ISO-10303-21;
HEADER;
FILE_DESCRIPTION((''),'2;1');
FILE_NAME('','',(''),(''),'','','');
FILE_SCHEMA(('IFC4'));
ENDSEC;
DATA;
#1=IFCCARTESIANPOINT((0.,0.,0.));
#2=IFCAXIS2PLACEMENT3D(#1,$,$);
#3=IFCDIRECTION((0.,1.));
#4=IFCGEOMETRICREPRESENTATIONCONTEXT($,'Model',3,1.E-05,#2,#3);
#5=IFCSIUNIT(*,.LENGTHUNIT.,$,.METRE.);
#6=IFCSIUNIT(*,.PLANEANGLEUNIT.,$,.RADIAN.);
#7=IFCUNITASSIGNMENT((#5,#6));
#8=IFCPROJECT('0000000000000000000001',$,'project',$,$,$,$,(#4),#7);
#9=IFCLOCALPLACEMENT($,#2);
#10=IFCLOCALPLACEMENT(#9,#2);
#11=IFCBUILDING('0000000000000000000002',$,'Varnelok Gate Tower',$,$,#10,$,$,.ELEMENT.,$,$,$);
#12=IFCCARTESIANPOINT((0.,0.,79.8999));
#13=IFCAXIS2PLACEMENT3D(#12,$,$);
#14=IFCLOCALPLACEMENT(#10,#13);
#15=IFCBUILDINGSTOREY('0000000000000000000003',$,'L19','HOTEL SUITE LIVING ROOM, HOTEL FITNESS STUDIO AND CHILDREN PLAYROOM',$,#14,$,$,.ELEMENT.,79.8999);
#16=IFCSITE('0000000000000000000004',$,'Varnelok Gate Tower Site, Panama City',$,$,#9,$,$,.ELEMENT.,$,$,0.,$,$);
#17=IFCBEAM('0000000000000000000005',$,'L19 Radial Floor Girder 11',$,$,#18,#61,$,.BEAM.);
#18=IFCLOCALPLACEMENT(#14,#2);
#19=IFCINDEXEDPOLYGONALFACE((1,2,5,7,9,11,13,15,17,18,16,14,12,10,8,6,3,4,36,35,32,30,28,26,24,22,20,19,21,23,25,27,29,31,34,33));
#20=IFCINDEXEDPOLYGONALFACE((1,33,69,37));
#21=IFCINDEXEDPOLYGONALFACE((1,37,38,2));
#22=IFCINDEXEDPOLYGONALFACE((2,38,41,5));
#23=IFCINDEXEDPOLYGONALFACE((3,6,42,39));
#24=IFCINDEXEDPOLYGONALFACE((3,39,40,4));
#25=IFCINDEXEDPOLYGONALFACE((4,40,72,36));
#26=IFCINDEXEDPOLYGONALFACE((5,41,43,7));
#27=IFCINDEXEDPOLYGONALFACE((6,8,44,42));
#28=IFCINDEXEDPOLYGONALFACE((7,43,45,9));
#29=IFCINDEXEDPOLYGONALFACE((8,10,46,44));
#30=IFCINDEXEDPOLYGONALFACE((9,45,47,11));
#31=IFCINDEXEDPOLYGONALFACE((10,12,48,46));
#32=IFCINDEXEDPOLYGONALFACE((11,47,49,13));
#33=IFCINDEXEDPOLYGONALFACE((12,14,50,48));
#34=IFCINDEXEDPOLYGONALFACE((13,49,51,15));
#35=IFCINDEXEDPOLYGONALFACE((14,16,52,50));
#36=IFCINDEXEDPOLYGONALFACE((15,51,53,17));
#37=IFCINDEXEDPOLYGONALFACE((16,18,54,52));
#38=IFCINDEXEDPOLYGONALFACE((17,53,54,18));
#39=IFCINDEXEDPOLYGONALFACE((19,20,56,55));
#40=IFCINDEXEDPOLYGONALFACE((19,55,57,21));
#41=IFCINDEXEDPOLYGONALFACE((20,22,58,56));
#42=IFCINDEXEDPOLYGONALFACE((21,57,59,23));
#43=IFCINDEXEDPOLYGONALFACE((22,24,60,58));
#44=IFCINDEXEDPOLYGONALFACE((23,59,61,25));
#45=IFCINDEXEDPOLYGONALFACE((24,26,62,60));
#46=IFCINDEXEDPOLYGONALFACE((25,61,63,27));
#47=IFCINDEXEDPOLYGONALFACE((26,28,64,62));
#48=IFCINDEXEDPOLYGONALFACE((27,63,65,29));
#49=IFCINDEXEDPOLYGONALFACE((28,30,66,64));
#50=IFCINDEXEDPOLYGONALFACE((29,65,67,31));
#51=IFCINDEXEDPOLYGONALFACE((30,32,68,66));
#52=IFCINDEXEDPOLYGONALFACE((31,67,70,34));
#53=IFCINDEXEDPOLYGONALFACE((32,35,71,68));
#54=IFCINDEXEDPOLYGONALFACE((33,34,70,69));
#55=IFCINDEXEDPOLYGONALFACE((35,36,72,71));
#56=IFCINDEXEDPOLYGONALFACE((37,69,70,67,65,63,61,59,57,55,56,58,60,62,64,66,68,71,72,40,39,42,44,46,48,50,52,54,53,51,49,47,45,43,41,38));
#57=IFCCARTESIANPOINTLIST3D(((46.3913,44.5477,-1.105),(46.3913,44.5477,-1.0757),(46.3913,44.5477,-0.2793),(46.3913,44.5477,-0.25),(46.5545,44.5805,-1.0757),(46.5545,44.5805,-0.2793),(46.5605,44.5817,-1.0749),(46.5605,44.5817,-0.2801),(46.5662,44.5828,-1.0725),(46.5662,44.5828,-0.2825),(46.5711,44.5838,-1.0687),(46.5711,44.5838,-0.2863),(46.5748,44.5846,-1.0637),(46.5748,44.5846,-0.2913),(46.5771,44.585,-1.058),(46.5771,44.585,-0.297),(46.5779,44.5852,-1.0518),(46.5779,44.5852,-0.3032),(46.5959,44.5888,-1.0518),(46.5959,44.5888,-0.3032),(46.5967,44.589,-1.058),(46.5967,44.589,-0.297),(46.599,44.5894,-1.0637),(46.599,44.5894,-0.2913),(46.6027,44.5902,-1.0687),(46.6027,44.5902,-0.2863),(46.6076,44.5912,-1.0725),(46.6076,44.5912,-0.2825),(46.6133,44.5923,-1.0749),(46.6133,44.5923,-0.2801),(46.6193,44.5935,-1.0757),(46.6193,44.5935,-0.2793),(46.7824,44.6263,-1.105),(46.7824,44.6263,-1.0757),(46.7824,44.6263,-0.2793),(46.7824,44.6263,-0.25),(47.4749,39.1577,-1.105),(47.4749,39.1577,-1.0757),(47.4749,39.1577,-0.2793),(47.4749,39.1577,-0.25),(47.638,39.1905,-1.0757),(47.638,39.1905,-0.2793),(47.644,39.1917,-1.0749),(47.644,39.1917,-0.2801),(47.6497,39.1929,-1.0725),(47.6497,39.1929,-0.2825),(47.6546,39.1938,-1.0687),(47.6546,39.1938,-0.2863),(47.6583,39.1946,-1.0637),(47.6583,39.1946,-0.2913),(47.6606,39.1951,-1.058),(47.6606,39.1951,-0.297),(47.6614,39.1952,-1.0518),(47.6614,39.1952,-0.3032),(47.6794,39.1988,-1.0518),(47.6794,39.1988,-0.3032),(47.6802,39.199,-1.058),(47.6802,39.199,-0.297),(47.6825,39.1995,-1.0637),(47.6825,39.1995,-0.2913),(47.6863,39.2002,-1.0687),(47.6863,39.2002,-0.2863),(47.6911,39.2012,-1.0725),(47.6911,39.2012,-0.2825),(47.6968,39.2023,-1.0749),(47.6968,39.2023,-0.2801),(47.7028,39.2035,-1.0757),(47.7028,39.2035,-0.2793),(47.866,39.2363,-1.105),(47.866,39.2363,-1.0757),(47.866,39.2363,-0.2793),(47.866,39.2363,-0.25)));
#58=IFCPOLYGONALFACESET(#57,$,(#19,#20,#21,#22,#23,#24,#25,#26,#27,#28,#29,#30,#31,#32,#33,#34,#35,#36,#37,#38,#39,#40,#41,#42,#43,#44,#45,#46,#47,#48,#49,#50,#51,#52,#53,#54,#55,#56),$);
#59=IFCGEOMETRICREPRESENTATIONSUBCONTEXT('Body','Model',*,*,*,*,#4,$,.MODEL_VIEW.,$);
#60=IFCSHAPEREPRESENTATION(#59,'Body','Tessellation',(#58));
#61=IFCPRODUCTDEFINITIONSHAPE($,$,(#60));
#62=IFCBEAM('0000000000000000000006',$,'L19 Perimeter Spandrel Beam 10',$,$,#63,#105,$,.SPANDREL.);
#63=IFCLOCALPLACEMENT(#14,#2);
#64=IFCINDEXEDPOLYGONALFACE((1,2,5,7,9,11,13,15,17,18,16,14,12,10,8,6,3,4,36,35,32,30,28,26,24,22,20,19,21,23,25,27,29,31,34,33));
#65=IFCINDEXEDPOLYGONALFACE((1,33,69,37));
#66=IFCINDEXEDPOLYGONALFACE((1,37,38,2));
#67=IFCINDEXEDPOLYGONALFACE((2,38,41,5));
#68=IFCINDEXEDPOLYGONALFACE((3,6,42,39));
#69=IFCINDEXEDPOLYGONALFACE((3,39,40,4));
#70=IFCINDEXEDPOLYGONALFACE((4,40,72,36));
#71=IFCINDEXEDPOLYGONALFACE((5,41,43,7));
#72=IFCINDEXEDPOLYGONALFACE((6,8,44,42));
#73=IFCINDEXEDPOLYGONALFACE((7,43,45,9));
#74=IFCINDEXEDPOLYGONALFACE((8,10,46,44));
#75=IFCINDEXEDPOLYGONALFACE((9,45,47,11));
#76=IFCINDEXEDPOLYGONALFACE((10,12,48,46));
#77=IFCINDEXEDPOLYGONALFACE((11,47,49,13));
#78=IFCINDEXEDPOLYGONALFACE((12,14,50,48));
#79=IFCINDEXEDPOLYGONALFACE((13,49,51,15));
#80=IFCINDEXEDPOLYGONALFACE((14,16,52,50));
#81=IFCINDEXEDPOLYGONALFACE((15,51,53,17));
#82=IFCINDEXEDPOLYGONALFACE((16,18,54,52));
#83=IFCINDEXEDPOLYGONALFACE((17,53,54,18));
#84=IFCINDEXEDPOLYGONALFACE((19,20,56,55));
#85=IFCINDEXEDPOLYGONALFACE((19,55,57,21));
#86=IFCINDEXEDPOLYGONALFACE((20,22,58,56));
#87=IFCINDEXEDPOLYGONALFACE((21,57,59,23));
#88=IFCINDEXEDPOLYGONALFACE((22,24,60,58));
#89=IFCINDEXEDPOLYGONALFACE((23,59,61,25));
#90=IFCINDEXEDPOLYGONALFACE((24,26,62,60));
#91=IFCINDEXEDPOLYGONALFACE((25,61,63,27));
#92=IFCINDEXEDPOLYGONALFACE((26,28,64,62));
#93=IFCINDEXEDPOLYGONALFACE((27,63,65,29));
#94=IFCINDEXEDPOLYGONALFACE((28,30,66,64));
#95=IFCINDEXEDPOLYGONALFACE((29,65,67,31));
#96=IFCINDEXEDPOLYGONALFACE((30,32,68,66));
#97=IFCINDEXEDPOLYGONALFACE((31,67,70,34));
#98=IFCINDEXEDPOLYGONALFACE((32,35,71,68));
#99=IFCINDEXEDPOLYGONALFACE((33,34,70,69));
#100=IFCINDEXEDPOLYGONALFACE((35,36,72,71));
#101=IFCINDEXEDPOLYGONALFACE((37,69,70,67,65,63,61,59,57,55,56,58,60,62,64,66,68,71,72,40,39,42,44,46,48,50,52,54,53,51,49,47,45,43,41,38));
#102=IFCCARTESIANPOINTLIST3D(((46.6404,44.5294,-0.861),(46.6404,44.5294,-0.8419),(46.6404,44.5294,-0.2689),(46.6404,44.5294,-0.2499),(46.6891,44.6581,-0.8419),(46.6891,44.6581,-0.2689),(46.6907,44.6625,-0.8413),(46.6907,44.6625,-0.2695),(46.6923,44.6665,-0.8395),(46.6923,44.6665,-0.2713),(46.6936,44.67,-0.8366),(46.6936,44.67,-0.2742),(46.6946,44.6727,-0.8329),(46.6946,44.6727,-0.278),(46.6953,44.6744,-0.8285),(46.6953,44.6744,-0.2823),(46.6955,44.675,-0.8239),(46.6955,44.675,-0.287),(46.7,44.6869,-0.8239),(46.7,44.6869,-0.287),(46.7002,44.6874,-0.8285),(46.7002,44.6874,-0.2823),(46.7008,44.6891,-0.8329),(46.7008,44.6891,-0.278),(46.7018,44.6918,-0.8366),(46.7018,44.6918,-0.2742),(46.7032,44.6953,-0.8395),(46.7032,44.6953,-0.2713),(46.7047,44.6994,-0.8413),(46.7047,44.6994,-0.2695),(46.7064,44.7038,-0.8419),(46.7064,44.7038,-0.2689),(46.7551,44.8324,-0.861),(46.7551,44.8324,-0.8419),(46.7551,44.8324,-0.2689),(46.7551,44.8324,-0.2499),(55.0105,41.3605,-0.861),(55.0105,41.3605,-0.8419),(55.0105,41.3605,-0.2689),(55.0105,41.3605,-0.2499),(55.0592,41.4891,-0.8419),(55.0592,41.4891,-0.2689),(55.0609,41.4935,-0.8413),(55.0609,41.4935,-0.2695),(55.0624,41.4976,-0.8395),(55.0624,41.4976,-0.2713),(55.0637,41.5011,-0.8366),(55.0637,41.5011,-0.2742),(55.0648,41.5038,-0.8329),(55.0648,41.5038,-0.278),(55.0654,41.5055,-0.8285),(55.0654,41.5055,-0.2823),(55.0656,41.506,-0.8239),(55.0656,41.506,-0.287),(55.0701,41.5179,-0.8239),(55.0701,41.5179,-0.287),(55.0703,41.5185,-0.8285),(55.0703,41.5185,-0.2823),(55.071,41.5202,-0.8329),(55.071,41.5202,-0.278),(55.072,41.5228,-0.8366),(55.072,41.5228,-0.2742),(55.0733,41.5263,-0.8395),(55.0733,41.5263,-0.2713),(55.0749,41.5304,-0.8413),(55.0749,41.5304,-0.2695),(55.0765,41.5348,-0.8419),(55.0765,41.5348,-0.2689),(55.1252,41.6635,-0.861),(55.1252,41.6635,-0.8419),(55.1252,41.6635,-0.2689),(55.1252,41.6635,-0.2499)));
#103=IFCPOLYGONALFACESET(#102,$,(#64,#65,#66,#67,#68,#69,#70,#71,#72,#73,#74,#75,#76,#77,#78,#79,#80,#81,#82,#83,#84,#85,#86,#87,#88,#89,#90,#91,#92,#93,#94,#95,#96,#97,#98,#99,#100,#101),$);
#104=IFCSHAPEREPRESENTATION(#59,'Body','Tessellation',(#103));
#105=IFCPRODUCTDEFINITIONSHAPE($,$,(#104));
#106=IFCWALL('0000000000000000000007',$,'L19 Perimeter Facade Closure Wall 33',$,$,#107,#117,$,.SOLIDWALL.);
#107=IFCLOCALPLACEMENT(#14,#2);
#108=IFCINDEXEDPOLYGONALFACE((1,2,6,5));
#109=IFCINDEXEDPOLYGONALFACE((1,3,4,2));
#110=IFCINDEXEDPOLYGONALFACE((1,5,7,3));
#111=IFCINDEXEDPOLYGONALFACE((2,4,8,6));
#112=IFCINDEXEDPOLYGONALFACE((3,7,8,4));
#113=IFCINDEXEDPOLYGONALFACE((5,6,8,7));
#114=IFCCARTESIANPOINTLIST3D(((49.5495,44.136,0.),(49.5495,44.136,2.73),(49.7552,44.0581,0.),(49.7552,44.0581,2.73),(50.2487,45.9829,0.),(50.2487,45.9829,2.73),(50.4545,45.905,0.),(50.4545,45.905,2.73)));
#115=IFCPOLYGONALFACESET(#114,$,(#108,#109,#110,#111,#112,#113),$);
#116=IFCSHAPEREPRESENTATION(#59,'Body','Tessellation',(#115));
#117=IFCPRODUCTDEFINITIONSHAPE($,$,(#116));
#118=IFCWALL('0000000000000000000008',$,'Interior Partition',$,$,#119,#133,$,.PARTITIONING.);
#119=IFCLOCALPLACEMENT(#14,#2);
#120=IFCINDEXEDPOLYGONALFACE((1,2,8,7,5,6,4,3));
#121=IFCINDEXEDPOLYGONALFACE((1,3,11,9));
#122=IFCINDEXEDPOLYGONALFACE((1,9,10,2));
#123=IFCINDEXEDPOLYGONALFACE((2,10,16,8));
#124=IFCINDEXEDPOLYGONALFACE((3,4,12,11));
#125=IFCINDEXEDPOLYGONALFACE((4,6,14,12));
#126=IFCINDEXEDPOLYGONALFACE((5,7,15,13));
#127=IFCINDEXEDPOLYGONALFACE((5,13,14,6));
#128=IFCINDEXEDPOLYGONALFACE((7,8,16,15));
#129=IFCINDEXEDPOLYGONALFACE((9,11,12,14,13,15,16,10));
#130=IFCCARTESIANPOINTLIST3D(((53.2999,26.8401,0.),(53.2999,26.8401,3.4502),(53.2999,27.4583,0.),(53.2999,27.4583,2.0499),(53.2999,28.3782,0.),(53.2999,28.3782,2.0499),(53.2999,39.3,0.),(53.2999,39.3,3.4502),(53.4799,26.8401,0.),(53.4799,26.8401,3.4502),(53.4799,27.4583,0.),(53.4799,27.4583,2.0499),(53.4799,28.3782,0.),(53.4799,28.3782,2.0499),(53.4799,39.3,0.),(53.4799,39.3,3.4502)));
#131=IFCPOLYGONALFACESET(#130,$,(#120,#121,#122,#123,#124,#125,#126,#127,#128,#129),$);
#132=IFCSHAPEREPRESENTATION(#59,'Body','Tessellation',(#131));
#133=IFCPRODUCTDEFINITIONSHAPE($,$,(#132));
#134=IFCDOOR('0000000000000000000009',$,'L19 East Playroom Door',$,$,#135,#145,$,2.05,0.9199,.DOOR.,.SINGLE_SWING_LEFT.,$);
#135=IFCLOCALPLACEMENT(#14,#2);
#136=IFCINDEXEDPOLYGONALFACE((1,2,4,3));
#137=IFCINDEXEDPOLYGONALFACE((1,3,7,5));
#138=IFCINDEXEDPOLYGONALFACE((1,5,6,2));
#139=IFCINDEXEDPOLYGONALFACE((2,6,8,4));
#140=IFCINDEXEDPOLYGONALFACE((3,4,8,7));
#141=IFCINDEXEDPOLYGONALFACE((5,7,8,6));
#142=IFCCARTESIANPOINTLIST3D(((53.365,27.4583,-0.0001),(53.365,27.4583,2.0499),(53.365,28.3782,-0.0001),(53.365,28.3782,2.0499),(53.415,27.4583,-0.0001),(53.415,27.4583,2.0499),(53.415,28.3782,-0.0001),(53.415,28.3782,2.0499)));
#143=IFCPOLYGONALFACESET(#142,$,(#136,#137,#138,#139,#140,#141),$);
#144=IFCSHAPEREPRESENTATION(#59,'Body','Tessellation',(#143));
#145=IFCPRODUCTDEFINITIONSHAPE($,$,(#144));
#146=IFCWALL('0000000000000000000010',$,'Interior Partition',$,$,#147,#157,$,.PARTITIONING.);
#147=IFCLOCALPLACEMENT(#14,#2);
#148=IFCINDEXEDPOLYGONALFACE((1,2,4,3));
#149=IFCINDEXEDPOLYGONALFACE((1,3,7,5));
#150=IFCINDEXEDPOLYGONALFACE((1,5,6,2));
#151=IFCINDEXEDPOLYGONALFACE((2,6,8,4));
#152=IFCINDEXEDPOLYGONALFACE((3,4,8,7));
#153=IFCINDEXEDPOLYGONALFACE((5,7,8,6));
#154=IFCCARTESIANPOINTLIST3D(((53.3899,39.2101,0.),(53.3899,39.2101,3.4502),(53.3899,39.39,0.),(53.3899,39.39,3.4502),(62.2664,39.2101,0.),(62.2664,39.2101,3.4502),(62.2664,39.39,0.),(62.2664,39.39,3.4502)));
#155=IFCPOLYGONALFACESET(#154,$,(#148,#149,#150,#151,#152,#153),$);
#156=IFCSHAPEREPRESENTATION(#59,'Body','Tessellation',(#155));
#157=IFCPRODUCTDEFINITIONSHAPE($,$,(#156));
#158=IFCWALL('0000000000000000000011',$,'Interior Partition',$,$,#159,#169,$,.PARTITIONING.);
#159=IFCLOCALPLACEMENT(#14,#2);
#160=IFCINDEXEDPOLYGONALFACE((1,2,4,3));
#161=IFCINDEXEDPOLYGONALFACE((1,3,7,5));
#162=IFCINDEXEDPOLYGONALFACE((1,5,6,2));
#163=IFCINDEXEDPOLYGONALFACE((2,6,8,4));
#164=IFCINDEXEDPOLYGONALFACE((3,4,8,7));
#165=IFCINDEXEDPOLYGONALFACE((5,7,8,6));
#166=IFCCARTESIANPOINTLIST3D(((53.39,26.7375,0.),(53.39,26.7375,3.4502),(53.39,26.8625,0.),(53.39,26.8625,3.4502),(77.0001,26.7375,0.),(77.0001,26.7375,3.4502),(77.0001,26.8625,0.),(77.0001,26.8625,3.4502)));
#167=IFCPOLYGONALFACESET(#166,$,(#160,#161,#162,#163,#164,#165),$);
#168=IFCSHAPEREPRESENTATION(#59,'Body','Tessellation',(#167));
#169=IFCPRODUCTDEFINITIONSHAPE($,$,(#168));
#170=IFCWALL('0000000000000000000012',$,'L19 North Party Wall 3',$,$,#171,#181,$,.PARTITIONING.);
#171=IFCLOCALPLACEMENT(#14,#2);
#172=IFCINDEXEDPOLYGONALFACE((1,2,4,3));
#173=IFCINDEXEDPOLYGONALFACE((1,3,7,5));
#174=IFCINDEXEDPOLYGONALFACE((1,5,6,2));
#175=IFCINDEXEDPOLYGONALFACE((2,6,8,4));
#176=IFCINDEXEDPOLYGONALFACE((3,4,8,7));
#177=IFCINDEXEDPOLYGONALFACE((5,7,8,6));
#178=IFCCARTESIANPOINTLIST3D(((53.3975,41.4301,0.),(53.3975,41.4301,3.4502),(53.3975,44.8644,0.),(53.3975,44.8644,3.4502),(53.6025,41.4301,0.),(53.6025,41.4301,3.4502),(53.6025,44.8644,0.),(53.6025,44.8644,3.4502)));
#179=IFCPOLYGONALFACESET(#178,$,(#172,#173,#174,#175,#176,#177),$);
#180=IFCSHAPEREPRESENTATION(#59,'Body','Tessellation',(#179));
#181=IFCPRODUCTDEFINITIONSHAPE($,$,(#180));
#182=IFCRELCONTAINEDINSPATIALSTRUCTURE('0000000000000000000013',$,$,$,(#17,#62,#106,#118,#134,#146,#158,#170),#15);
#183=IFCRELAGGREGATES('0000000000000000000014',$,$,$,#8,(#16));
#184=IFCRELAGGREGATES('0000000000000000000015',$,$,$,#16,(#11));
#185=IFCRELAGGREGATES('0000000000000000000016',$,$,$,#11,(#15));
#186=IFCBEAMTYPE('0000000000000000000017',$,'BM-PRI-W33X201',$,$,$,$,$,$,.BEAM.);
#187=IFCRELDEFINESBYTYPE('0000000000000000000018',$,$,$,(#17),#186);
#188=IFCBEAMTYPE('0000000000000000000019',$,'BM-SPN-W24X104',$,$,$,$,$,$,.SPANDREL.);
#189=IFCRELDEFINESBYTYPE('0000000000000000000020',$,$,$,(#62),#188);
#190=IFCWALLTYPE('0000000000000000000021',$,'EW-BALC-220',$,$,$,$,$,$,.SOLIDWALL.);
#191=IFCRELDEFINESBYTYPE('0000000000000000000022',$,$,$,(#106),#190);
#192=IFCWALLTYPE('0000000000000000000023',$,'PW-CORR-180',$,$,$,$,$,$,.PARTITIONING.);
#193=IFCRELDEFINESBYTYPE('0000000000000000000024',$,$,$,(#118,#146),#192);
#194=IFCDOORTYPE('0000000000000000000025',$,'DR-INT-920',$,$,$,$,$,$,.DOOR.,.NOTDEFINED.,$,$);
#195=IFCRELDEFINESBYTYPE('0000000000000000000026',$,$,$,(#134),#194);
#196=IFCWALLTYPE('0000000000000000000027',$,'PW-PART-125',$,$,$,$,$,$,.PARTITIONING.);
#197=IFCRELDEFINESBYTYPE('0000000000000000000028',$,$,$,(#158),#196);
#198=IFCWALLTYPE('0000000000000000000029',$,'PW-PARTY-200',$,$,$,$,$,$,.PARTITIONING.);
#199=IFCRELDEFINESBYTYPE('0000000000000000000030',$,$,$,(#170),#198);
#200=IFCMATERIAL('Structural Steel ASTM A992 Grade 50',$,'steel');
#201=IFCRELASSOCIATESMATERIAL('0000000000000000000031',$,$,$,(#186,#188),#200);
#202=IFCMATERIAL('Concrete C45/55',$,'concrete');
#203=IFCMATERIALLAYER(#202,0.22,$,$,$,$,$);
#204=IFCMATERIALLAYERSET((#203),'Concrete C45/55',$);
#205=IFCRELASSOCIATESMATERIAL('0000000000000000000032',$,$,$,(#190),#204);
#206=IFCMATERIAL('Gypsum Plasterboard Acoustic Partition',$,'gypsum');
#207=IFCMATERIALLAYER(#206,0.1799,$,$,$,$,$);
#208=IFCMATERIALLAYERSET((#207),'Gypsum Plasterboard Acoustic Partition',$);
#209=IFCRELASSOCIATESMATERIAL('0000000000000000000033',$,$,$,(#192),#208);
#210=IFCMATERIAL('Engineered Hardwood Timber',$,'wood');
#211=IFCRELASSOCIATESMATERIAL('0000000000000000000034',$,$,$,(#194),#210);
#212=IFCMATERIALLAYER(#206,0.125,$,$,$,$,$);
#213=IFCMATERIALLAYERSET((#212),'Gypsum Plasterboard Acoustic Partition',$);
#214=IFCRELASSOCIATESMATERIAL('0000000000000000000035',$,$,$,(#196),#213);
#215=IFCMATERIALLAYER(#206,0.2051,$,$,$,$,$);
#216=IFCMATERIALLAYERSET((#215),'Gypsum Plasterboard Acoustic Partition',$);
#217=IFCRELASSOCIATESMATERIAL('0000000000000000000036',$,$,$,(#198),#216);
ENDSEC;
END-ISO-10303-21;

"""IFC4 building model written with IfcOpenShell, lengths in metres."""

from ifc_helpers import new_model, si_unit, direction, frame, frame_2d, origin, origin_2d, place, context, subcontext, project, spatial, rectangle, i_section, extrude, material, layer, layer_set, material_profile, profile_set, type_object, element, fill, save


model = new_model("IFC4")

# Units and contexts
model_context = context("Model", 3, precision=1e-05, world=origin(), true_north=direction((0.0, 1.0)))
body_context = subcontext(model_context, "Body", "Model", "MODEL_VIEW")
ifc_project = project(units=[si_unit("LENGTHUNIT", "METRE"), si_unit("PLANEANGLEUNIT", "RADIAN")], contexts=[model_context])

# Site, building, storey
site_placement = place(None, origin())
site = spatial("IfcSite", under=ifc_project, at=site_placement, Name="Varnelok Gate Tower Site, Panama City", CompositionType="ELEMENT", RefElevation=0.0)
building_placement = place(site_placement, origin())
building = spatial("IfcBuilding", under=site, at=building_placement, Name="Varnelok Gate Tower", CompositionType="ELEMENT")
storey_placement = place(building_placement, frame((0.0, 0.0, 79.8999)))
storey = spatial("IfcBuildingStorey", under=building, at=storey_placement, Name="L19", Description="HOTEL SUITE LIVING ROOM, HOTEL FITNESS STUDIO AND CHILDREN PLAYROOM", CompositionType="ELEMENT", Elevation=79.8999)

# Shared definitions
ifc_material_1 = material(Name="Structural Steel ASTM A992 Grade 50", Category="steel")

# Beams
ifc_material_profile_1 = material_profile(ifc_material_1, i_section(OverallWidth=0.3989, OverallDepth=0.855, WebThickness=0.0183, FlangeThickness=0.0293, FilletRadius=0.0239, at=origin_2d()), Name="W33X201")
ifc_profile_set_1 = profile_set([ifc_material_profile_1], Name="Structural Steel ASTM A992 Grade 50")
beam_type_1 = type_object("IfcBeamType", Name="BM-PRI-W33X201", PredefinedType="BEAM", material=ifc_profile_set_1)
beam_1_placement = place(storey_placement, frame((47.6704, 39.197, -0.6775), z_axis=(-0.197081, 0.980387, 0.0), x_axis=(-0.980387, -0.197081, 0.0)))
element("IfcBeam", 1, at=beam_1_placement, inside=storey, type_object=beam_type_1, Name="L19 Radial Floor Girder 11", PredefinedType="BEAM", context=body_context, shape_type="SweptSolid", body=[
    extrude(i_section(OverallWidth=0.3989, OverallDepth=0.855, WebThickness=0.0183, FlangeThickness=0.0293, FilletRadius=0.0239, at=origin_2d()), origin(), (0.0, 0.0, 1.0), 5.4978),
])
ifc_material_profile_2 = material_profile(ifc_material_1, i_section(OverallWidth=0.324, OverallDepth=0.6111, WebThickness=0.0127, FlangeThickness=0.019, FilletRadius=0.0181, at=origin_2d()), Name="W24X104")
ifc_profile_set_2 = profile_set([ifc_material_profile_2], Name="Structural Steel ASTM A992 Grade 50")
beam_type_2 = type_object("IfcBeamType", Name="BM-SPN-W24X104", PredefinedType="SPANDREL", material=ifc_profile_set_2)
beam_2_placement = place(storey_placement, frame((55.0679, 41.512, -0.5554), z_axis=(-0.935217, 0.354075, 0.0), x_axis=(-0.354075, -0.935217, 0.0)))
element("IfcBeam", 2, at=beam_2_placement, inside=storey, type_object=beam_type_2, Name="L19 Perimeter Spandrel Beam 10", PredefinedType="SPANDREL", context=body_context, shape_type="SweptSolid", body=[
    extrude(i_section(OverallWidth=0.324, OverallDepth=0.6111, WebThickness=0.0127, FlangeThickness=0.019, FilletRadius=0.0181, at=origin_2d()), origin(), (0.0, 0.0, 1.0), 8.95),
])

# Wall
ifc_material_2 = material(Name="Concrete C45/55", Category="concrete")
ifc_layer_1 = layer(ifc_material_2, 0.22)
ifc_layer_set_1 = layer_set([ifc_layer_1], Name="Concrete C45/55")
wall_type_1 = type_object("IfcWallType", Name="EW-BALC-220", PredefinedType="SOLIDWALL", material=ifc_layer_set_1)
wall_1_placement = place(storey_placement, frame((50.3516, 45.9438, 0.0), z_axis=(0.0, 0.0, 1.0), x_axis=(-0.354062, -0.935222, 0.0)))
element("IfcWall", 3, at=wall_1_placement, inside=storey, type_object=wall_type_1, Name="L19 Perimeter Facade Closure Wall 33", PredefinedType="SOLIDWALL", context=body_context, shape_type="SweptSolid", body=[
    extrude(rectangle(XDim=1.9749, YDim=0.22, at=frame_2d((0.9873, 0.0))), origin(), (0.0, 0.0, 1.0), 2.73),
])

# Wall, opening, door
ifc_material_3 = material(Name="Gypsum Plasterboard Acoustic Partition", Category="gypsum")
ifc_layer_2 = layer(ifc_material_3, 0.1799)
ifc_layer_set_2 = layer_set([ifc_layer_2], Name="Gypsum Plasterboard Acoustic Partition")
wall_type_2 = type_object("IfcWallType", Name="PW-CORR-180", PredefinedType="PARTITIONING", material=ifc_layer_set_2)
wall_2_placement = place(storey_placement, frame((53.3899, 26.8401, 0.0), z_axis=(0.0, 0.0, 1.0), x_axis=(0.0, 1.0, 0.0)))
wall_2 = element("IfcWall", 4, at=wall_2_placement, inside=storey, type_object=wall_type_2, Name="Interior Partition", PredefinedType="PARTITIONING", context=body_context, shape_type="SweptSolid", body=[
    extrude(rectangle(XDim=12.46, YDim=0.1799, at=frame_2d((6.23, 0.0))), origin(), (0.0, 0.0, 1.0), 3.4502),
])
opening_placement = place(wall_2_placement, frame((0.6182, 0.0, 0.0)))
opening = element("IfcOpeningElement", 5, at=opening_placement, cuts=wall_2, PredefinedType="OPENING", context=body_context, shape_type="SweptSolid", body=[
    extrude(rectangle(XDim=0.9199, YDim=2.05, at=frame_2d((0.46, 1.0249))), frame((0.0, 0.0999, 0.0), z_axis=(0.0, -1.0, 0.0), x_axis=(1.0, 0.0, 0.0)), (0.0, 0.0, 1.0), 0.2),
])
ifc_material_4 = material(Name="Engineered Hardwood Timber", Category="wood")
door_type = type_object("IfcDoorType", Name="DR-INT-920", OperationType="NOTDEFINED", PredefinedType="DOOR", material=ifc_material_4)
door_placement = place(opening_placement, origin())
door = element("IfcDoor", 6, at=door_placement, inside=storey, type_object=door_type, Name="L19 East Playroom Door", OperationType="SINGLE_SWING_LEFT", OverallHeight=2.05, OverallWidth=0.9199, PredefinedType="DOOR", context=body_context, shape_type="SweptSolid", body=[
    extrude(rectangle(XDim=0.9199, YDim=2.05, at=frame_2d((0.46, 1.0249))), frame((0.0, 0.0249, 0.0), z_axis=(0.0, -1.0, 0.0), x_axis=(1.0, 0.0, 0.0)), (0.0, 0.0, 1.0), 0.05),
])
fill(opening, door)

# Walls
wall_3_placement = place(storey_placement, frame((53.3899, 39.3, 0.0), z_axis=(0.0, 0.0, 1.0), x_axis=(1.0, 0.0, 0.0)))
element("IfcWall", 7, at=wall_3_placement, inside=storey, type_object=wall_type_2, Name="Interior Partition", PredefinedType="PARTITIONING", context=body_context, shape_type="SweptSolid", body=[
    extrude(rectangle(XDim=8.8765, YDim=0.1799, at=frame_2d((4.4382, 0.0))), origin(), (0.0, 0.0, 1.0), 3.4502),
])
ifc_layer_3 = layer(ifc_material_3, 0.125)
ifc_layer_set_3 = layer_set([ifc_layer_3], Name="Gypsum Plasterboard Acoustic Partition")
wall_type_3 = type_object("IfcWallType", Name="PW-PART-125", PredefinedType="PARTITIONING", material=ifc_layer_set_3)
wall_4_placement = place(storey_placement, frame((53.3899, 26.8, 0.0), z_axis=(0.0, 0.0, 1.0), x_axis=(1.0, 0.0, 0.0)))
element("IfcWall", 8, at=wall_4_placement, inside=storey, type_object=wall_type_3, Name="Interior Partition", PredefinedType="PARTITIONING", context=body_context, shape_type="SweptSolid", body=[
    extrude(rectangle(XDim=23.6101, YDim=0.125, at=frame_2d((11.8052, 0.0))), origin(), (0.0, 0.0, 1.0), 3.4502),
])
ifc_layer_4 = layer(ifc_material_3, 0.2051)
ifc_layer_set_4 = layer_set([ifc_layer_4], Name="Gypsum Plasterboard Acoustic Partition")
wall_type_4 = type_object("IfcWallType", Name="PW-PARTY-200", PredefinedType="PARTITIONING", material=ifc_layer_set_4)
wall_5_placement = place(storey_placement, frame((53.5, 41.4299, 0.0), z_axis=(0.0, 0.0, 1.0), x_axis=(0.0, 1.0, 0.0)))
element("IfcWall", 9, at=wall_5_placement, inside=storey, type_object=wall_type_4, Name="L19 North Party Wall 3", PredefinedType="PARTITIONING", context=body_context, shape_type="SweptSolid", body=[
    extrude(rectangle(XDim=3.4343, YDim=0.2051, at=frame_2d((1.7173, 0.0))), origin(), (0.0, 0.0, 1.0), 3.4502),
])

save(model, "model.ifc")
